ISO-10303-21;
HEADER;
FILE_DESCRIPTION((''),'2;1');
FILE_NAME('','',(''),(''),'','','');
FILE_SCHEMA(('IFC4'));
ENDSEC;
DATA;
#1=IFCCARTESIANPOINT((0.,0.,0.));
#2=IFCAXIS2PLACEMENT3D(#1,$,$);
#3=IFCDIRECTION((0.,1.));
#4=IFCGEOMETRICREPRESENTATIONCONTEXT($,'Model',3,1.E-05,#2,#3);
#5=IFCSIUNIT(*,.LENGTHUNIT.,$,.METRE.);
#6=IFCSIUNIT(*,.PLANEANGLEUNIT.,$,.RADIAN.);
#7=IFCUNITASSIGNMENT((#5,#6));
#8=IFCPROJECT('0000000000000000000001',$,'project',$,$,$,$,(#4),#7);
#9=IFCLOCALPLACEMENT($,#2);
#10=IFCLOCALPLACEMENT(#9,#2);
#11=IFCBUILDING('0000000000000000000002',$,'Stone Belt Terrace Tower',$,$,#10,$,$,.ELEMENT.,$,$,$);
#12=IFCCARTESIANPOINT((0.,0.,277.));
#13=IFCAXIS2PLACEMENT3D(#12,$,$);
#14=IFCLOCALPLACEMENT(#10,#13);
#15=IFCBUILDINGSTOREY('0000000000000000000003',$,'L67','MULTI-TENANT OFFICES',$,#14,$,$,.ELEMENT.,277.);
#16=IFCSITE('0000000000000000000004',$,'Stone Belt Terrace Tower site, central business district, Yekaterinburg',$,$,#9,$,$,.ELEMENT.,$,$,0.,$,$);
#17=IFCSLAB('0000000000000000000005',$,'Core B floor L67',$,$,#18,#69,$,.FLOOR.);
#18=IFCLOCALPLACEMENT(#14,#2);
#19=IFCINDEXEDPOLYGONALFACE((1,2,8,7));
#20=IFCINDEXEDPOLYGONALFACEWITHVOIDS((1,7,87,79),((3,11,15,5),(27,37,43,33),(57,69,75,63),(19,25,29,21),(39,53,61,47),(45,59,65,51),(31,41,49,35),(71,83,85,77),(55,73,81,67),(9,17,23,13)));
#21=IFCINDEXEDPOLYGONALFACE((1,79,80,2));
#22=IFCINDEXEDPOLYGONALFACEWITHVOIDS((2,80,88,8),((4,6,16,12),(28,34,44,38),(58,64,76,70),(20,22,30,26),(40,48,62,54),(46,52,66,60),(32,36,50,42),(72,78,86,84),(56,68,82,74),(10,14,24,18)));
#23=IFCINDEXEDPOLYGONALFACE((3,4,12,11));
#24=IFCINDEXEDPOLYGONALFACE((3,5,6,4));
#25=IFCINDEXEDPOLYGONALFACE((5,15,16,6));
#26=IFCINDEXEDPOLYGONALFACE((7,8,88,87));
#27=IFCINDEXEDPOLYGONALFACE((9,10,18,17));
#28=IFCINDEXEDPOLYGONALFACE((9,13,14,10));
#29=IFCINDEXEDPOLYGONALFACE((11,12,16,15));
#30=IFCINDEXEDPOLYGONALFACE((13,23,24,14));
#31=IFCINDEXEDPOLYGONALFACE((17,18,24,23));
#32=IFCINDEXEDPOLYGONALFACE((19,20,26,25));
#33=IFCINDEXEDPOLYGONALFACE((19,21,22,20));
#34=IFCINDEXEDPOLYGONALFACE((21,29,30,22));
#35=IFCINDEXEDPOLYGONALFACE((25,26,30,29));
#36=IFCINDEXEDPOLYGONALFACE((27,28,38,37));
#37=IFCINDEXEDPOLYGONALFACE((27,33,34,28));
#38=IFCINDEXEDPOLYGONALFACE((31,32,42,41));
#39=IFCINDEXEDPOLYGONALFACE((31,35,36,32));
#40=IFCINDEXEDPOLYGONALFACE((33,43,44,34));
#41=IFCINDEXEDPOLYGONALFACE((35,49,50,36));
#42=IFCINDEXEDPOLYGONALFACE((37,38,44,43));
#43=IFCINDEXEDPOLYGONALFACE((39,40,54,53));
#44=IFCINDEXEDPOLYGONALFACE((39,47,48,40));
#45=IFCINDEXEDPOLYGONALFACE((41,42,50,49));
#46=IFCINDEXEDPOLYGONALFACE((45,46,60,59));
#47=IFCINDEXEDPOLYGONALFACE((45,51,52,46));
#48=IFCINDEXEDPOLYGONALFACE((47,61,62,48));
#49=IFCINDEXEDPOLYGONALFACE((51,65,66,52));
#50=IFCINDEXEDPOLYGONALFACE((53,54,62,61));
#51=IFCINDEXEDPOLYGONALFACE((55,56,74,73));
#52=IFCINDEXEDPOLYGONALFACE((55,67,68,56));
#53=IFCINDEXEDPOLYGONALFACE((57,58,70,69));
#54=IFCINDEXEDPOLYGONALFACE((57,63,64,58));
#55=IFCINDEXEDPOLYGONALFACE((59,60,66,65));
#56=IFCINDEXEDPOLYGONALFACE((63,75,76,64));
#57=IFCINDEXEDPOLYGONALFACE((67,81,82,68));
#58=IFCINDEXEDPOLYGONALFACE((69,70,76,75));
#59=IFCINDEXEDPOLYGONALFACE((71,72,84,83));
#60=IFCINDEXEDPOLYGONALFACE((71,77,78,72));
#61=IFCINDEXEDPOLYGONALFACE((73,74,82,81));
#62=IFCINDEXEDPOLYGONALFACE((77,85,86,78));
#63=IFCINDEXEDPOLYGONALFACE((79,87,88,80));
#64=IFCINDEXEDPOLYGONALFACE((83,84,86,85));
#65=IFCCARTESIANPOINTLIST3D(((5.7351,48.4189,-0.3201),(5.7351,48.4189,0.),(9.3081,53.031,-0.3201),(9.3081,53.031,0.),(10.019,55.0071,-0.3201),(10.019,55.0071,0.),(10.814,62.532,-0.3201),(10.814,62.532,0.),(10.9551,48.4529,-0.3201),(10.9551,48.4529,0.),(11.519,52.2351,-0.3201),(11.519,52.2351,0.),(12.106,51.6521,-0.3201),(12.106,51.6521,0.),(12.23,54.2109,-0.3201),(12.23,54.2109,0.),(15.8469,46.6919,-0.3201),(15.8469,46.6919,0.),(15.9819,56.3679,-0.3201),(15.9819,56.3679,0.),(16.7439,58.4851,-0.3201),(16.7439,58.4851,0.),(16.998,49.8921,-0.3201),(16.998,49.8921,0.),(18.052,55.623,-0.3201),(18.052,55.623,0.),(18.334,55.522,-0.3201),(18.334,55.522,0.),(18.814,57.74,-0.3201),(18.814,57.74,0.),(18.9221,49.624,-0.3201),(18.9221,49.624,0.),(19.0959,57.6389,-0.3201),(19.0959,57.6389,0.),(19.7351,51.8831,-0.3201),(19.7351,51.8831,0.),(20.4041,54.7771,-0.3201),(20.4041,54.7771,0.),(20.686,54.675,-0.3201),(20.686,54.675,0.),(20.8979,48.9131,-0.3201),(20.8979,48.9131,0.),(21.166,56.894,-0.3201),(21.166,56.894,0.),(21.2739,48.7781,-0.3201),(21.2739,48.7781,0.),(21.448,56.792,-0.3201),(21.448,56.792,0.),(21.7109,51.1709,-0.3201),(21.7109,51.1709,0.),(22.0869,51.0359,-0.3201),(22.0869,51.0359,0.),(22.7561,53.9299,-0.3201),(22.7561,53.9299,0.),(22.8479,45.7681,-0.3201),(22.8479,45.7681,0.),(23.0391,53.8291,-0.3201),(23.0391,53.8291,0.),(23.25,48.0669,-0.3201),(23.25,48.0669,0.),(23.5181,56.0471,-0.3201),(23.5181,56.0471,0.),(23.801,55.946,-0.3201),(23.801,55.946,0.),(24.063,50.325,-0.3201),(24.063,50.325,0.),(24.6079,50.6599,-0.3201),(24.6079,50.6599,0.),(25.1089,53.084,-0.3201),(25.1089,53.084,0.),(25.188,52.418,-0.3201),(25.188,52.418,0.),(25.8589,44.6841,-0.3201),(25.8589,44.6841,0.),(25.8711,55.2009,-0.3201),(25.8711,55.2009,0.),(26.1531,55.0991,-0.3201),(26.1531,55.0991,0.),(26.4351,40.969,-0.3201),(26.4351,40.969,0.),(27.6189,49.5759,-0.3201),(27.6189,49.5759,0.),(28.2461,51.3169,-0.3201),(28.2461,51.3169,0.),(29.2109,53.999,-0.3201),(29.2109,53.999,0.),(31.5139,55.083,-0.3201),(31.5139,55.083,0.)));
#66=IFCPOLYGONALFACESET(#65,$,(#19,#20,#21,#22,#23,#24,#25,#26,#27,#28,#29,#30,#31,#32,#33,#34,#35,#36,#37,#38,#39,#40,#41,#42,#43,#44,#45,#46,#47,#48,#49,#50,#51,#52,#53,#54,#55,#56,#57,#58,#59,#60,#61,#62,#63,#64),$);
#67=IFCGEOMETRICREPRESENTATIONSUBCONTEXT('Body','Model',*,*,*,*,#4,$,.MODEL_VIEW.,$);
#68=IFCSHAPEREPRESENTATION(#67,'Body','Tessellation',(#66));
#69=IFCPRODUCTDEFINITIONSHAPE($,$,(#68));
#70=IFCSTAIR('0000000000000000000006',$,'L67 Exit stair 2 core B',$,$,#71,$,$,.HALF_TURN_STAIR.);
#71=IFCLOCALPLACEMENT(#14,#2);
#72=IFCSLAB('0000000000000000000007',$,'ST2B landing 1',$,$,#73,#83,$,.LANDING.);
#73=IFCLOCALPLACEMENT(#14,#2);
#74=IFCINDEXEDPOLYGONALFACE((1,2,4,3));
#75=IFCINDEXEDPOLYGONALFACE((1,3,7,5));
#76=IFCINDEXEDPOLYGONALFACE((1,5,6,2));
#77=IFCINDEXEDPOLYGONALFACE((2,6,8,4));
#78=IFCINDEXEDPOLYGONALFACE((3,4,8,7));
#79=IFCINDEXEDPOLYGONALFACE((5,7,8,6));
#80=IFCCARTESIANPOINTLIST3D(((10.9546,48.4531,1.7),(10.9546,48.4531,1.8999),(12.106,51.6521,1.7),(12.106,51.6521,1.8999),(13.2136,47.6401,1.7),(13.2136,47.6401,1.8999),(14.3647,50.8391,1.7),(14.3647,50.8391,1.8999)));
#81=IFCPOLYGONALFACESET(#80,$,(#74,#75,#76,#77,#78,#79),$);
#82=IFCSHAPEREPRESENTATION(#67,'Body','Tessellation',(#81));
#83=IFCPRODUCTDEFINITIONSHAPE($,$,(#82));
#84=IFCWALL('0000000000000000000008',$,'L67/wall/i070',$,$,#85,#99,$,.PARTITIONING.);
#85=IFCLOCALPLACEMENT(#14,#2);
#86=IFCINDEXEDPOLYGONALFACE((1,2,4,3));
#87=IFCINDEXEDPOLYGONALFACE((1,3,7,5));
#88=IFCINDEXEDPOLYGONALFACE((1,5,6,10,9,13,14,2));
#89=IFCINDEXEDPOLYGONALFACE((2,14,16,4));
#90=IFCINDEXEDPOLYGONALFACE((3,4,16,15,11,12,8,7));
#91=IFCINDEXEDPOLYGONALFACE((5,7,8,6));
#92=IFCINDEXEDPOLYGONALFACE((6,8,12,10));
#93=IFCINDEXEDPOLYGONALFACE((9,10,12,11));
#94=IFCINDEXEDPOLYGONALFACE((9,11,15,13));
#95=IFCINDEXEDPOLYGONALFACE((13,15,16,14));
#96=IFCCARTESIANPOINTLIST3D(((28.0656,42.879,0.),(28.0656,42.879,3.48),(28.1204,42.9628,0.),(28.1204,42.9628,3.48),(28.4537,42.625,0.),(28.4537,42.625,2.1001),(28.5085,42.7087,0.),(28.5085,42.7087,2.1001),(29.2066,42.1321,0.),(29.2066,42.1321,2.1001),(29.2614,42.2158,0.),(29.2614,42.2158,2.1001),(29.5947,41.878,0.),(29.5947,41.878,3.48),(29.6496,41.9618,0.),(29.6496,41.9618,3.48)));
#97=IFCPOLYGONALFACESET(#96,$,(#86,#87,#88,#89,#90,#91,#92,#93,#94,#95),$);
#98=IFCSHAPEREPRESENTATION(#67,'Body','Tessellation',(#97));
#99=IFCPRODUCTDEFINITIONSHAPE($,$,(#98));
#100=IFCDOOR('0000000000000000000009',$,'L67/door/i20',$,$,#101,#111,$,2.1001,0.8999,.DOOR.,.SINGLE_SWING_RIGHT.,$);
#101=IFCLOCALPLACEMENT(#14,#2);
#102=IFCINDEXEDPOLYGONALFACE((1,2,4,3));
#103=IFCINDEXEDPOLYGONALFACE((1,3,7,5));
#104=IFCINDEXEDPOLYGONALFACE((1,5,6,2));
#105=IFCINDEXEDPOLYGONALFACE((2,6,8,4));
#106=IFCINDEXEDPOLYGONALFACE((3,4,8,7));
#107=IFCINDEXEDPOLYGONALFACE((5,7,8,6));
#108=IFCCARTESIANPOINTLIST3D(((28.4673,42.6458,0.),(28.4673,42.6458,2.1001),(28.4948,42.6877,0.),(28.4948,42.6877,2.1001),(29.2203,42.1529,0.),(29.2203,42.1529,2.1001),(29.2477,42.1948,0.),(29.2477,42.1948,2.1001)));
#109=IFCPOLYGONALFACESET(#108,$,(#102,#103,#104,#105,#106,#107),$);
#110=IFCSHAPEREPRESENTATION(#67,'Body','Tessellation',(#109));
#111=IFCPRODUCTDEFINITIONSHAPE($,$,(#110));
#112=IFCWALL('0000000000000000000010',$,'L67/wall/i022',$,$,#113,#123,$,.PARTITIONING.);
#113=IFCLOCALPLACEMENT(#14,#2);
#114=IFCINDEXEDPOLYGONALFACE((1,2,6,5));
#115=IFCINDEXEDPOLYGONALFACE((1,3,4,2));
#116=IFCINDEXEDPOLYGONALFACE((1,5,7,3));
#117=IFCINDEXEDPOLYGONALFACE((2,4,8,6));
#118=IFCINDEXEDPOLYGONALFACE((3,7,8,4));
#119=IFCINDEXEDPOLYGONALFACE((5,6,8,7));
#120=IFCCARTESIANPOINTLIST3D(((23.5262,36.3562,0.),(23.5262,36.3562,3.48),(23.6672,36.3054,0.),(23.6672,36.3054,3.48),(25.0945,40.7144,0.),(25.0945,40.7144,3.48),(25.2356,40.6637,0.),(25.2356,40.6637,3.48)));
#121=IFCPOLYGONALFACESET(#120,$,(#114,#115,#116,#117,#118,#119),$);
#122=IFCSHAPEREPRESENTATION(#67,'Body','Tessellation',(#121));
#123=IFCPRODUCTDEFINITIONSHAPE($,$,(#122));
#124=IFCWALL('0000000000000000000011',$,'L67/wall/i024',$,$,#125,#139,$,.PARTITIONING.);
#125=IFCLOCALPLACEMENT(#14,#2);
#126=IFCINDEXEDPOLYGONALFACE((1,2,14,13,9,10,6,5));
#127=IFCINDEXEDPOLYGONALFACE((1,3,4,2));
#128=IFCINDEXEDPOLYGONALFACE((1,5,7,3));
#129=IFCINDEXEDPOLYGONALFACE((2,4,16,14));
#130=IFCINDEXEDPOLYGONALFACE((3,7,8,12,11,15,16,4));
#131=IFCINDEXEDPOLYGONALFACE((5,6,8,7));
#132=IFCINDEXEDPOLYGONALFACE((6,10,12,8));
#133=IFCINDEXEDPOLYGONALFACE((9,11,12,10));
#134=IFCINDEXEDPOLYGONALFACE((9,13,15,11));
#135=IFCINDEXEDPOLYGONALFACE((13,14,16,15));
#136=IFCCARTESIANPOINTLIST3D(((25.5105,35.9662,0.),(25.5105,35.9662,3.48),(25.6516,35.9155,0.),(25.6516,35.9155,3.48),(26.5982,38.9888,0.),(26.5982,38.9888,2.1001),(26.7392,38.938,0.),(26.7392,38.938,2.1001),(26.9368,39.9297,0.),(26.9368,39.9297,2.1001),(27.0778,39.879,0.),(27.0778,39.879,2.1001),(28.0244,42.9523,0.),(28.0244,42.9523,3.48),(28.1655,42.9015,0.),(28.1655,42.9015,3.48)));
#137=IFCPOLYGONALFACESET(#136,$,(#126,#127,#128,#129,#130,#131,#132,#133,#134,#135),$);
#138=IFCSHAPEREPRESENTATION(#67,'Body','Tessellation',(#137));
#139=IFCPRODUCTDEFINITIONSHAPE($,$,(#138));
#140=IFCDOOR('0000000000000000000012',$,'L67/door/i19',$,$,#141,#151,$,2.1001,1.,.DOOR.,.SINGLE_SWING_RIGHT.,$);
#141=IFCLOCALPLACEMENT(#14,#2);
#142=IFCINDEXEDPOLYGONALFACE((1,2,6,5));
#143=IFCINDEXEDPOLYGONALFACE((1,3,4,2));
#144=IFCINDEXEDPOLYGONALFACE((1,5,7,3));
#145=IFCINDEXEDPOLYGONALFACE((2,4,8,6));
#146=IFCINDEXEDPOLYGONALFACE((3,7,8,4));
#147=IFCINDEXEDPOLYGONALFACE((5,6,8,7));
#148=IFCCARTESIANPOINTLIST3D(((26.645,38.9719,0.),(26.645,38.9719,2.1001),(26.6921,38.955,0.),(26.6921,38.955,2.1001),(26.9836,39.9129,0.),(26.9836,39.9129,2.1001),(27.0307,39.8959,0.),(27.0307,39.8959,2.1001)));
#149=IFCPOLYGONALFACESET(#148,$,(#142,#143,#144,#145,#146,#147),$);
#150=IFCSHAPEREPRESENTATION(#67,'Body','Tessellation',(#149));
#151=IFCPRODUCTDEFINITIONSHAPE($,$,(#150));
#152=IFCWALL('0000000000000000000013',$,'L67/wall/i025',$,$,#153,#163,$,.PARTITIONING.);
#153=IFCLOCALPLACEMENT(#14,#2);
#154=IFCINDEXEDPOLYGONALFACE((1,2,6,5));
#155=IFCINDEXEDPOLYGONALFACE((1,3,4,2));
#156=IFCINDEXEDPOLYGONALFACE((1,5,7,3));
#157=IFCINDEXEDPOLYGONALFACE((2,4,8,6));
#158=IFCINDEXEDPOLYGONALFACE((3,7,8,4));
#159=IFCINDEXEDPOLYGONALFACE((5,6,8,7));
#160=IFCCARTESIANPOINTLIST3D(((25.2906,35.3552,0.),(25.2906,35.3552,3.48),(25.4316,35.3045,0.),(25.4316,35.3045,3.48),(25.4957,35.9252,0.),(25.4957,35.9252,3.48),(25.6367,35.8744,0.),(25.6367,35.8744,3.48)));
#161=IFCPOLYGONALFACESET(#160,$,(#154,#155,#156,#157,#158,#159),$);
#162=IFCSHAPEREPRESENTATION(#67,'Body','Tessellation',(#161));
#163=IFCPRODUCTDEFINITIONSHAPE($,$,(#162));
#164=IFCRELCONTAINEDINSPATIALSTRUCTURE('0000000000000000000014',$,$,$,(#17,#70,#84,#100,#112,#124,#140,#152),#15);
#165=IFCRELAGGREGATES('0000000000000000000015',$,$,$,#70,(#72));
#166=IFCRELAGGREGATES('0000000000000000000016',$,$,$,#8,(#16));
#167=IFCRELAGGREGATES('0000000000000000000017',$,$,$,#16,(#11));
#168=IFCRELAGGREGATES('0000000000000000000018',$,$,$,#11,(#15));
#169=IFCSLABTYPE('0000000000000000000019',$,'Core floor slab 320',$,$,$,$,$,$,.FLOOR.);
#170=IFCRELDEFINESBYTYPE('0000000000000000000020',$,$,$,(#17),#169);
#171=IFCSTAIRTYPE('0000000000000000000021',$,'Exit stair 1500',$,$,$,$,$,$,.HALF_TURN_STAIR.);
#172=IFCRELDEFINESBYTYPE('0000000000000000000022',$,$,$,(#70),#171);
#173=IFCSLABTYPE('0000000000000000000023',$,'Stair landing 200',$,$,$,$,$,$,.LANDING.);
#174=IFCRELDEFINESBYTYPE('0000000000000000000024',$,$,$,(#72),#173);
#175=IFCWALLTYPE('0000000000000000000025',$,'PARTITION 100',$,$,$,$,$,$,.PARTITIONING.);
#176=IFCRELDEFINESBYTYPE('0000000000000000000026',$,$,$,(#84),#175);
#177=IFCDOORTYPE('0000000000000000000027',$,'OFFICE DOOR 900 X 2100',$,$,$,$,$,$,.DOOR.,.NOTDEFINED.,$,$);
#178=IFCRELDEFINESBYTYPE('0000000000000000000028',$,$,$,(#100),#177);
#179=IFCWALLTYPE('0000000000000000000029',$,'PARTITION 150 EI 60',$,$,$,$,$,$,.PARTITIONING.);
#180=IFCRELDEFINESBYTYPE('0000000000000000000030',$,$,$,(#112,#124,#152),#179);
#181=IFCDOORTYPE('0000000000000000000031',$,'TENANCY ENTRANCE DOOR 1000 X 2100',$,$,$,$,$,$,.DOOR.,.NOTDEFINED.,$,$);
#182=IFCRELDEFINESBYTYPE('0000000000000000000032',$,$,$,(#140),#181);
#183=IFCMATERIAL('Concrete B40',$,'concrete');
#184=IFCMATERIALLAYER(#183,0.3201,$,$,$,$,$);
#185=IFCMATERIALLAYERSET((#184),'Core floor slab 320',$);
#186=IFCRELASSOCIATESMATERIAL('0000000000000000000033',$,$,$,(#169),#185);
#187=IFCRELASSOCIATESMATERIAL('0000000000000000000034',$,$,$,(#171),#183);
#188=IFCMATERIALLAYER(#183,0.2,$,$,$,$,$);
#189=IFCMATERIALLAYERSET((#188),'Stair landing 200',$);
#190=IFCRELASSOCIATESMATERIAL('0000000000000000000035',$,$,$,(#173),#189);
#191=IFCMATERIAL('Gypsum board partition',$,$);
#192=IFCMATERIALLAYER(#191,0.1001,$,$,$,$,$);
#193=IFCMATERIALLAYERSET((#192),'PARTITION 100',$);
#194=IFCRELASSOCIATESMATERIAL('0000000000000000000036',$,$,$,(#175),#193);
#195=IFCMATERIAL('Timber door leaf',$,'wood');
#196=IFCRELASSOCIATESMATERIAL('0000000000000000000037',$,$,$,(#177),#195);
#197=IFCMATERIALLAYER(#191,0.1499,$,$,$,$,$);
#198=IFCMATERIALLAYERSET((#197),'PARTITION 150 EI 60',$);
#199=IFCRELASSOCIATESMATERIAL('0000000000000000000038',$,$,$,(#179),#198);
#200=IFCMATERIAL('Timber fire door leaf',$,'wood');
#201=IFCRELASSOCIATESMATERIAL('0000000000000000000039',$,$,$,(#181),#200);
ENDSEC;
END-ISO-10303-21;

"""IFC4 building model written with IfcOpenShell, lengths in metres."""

from ifc_helpers import new_model, si_unit, direction, frame, frame_2d, origin, place, context, subcontext, project, spatial, polyline, rectangle, outline, extrude, material, layer, layer_set, type_object, element, fill, aggregate, save


model = new_model("IFC4")

# Units and contexts
model_context = context("Model", 3, precision=1e-05, world=origin(), true_north=direction((0.0, 1.0)))
body_context = subcontext(model_context, "Body", "Model", "MODEL_VIEW")
ifc_project = project(units=[si_unit("LENGTHUNIT", "METRE"), si_unit("PLANEANGLEUNIT", "RADIAN")], contexts=[model_context])

# Site, building, storey
site_placement = place(None, origin())
site = spatial("IfcSite", under=ifc_project, at=site_placement, Name="Stone Belt Terrace Tower site, central business district, Yekaterinburg", CompositionType="ELEMENT", RefElevation=0.0)
building_placement = place(site_placement, origin())
building = spatial("IfcBuilding", under=site, at=building_placement, Name="Stone Belt Terrace Tower", CompositionType="ELEMENT")
storey_placement = place(building_placement, frame((0.0, 0.0, 277.0)))
storey = spatial("IfcBuildingStorey", under=building, at=storey_placement, Name="L67", Description="MULTI-TENANT OFFICES", CompositionType="ELEMENT", Elevation=277.0)

# Slab
ifc_material_1 = material(Name="Concrete B40", Category="concrete")
ifc_layer_1 = layer(ifc_material_1, 0.3201)
ifc_layer_set_1 = layer_set([ifc_layer_1], Name="Core floor slab 320")
slab_type_1 = type_object("IfcSlabType", Name="Core floor slab 320", PredefinedType="FLOOR", material=ifc_layer_set_1)
slab_1_placement = place(storey_placement, frame((0.0, 0.0, -0.3201)))
element("IfcSlab", 1, at=slab_1_placement, inside=storey, type_object=slab_type_1, Name="Core B floor L67", PredefinedType="FLOOR", context=body_context, shape_type="SweptSolid", body=[
    extrude(outline(polyline([(26.4351, 40.969), (31.5139, 55.083), (10.814, 62.532), (5.7351, 48.4189), (26.4351, 40.969)]), holes=[polyline([(27.6189, 49.5759), (25.8589, 44.6841), (22.8479, 45.7681), (24.6079, 50.6599), (27.6189, 49.5759)]), polyline([(12.106, 51.6521), (16.998, 49.8921), (15.8469, 46.6919), (10.9551, 48.4529), (12.106, 51.6521)]), polyline([(23.25, 48.0669), (21.2739, 48.7781), (22.0869, 51.0359), (24.063, 50.325), (23.25, 48.0669)]), polyline([(18.9221, 49.624), (19.7351, 51.8831), (21.7109, 51.1709), (20.8979, 48.9131), (18.9221, 49.624)]), polyline([(29.2109, 53.999), (28.2461, 51.3169), (25.188, 52.418), (26.1531, 55.0991), (29.2109, 53.999)]), polyline([(11.519, 52.2351), (9.3081, 53.031), (10.019, 55.0071), (12.23, 54.2109), (11.519, 52.2351)]), polyline([(23.0391, 53.8291), (23.801, 55.946), (25.8711, 55.2009), (25.1089, 53.084), (23.0391, 53.8291)]), polyline([(20.686, 54.675), (21.448, 56.792), (23.5181, 56.0471), (22.7561, 53.9299), (20.686, 54.675)]), polyline([(19.0959, 57.6389), (21.166, 56.894), (20.4041, 54.7771), (18.334, 55.522), (19.0959, 57.6389)]), polyline([(16.7439, 58.4851), (18.814, 57.74), (18.052, 55.623), (15.9819, 56.3679), (16.7439, 58.4851)])]), origin(), (0.0, 0.0, 1.0), 0.3201),
])

# Stair, slab
stair_type = type_object("IfcStairType", Name="Exit stair 1500", PredefinedType="HALF_TURN_STAIR", material=ifc_material_1)
stair_placement = place(storey_placement, origin())
stair = element("IfcStair", 2, at=stair_placement, inside=storey, type_object=stair_type, Name="L67 Exit stair 2 core B", PredefinedType="HALF_TURN_STAIR")
ifc_layer_2 = layer(ifc_material_1, 0.2)
ifc_layer_set_2 = layer_set([ifc_layer_2], Name="Stair landing 200")
slab_type_2 = type_object("IfcSlabType", Name="Stair landing 200", PredefinedType="LANDING", material=ifc_layer_set_2)
slab_2_placement = place(storey_placement, frame((0.0, 0.0, 1.7)))
slab_2 = element("IfcSlab", 3, at=slab_2_placement, type_object=slab_type_2, Name="ST2B landing 1", PredefinedType="LANDING", context=body_context, shape_type="SweptSolid", body=[
    extrude(outline(polyline([(14.3647, 50.8391), (12.106, 51.6521), (10.9546, 48.4531), (13.2136, 47.6401), (14.3647, 50.8391)])), origin(), (0.0, 0.0, 1.0), 0.2),
])
aggregate(stair, [slab_2])

# Wall, opening, door
ifc_material_2 = material(Name="Gypsum board partition")
ifc_layer_3 = layer(ifc_material_2, 0.1001)
ifc_layer_set_3 = layer_set([ifc_layer_3], Name="PARTITION 100")
wall_type_1 = type_object("IfcWallType", Name="PARTITION 100", PredefinedType="PARTITIONING", material=ifc_layer_set_3)
wall_1_placement = place(storey_placement, frame((28.093, 42.9209, 0.0), z_axis=(0.0, 0.0, 1.0), x_axis=(0.836666, -0.547714, 0.0)))
wall_1 = element("IfcWall", 4, at=wall_1_placement, inside=storey, type_object=wall_type_1, Name="L67/wall/i070", PredefinedType="PARTITIONING", context=body_context, shape_type="SweptSolid", body=[
    extrude(rectangle(XDim=1.8276, YDim=0.1001, at=frame_2d((0.9138, 0.0))), origin(), (0.0, 0.0, 1.0), 3.48),
])
opening_1_placement = place(wall_1_placement, frame((0.4639, 0.0, 0.0)))
opening_1 = element("IfcOpeningElement", 5, at=opening_1_placement, cuts=wall_1, PredefinedType="OPENING", context=body_context, shape_type="SweptSolid", body=[
    extrude(rectangle(XDim=0.8999, YDim=2.1001, at=frame_2d((0.45, 1.05))), frame((0.0, 0.0601, 0.0), z_axis=(0.0, -1.0, 0.0), x_axis=(1.0, 0.0, 0.0)), (0.0, 0.0, 1.0), 0.1201),
])
ifc_material_3 = material(Name="Timber door leaf", Category="wood")
door_type_1 = type_object("IfcDoorType", Name="OFFICE DOOR 900 X 2100", OperationType="NOTDEFINED", PredefinedType="DOOR", material=ifc_material_3)
door_1_placement = place(opening_1_placement, origin())
door_1 = element("IfcDoor", 6, at=door_1_placement, inside=storey, type_object=door_type_1, Name="L67/door/i20", OperationType="SINGLE_SWING_RIGHT", OverallHeight=2.1001, OverallWidth=0.8999, PredefinedType="DOOR", context=body_context, shape_type="SweptSolid", body=[
    extrude(rectangle(XDim=0.8999, YDim=2.1001, at=frame_2d((0.45, 1.05))), frame((0.0, 0.0249, 0.0), z_axis=(0.0, -1.0, 0.0), x_axis=(1.0, 0.0, 0.0)), (0.0, 0.0, 1.0), 0.05),
])
fill(opening_1, door_1)

# Wall
ifc_layer_4 = layer(ifc_material_2, 0.1499)
ifc_layer_set_4 = layer_set([ifc_layer_4], Name="PARTITION 150 EI 60")
wall_type_2 = type_object("IfcWallType", Name="PARTITION 150 EI 60", PredefinedType="PARTITIONING", material=ifc_layer_set_4)
wall_2_placement = place(storey_placement, frame((23.5967, 36.3308, 0.0), z_axis=(0.0, 0.0, 1.0), x_axis=(0.338609, 0.940927, 0.0)))
element("IfcWall", 7, at=wall_2_placement, inside=storey, type_object=wall_type_2, Name="L67/wall/i022", PredefinedType="PARTITIONING", context=body_context, shape_type="SweptSolid", body=[
    extrude(rectangle(XDim=4.6318, YDim=0.1499, at=frame_2d((2.3159, 0.0))), origin(), (0.0, 0.0, 1.0), 3.48),
])

# Wall, opening, door
wall_3_placement = place(storey_placement, frame((28.095, 42.927, 0.0), z_axis=(0.0, 0.0, 1.0), x_axis=(-0.338591, -0.940934, 0.0)))
wall_3 = element("IfcWall", 8, at=wall_3_placement, inside=storey, type_object=wall_type_2, Name="L67/wall/i024", PredefinedType="PARTITIONING", context=body_context, shape_type="SweptSolid", body=[
    extrude(rectangle(XDim=7.4246, YDim=0.1499, at=frame_2d((3.7124, 0.0))), origin(), (0.0, 0.0, 1.0), 3.48),
])
opening_2_placement = place(wall_3_placement, frame((3.2124, 0.0, 0.0)))
opening_2 = element("IfcOpeningElement", 9, at=opening_2_placement, cuts=wall_3, PredefinedType="OPENING", context=body_context, shape_type="SweptSolid", body=[
    extrude(rectangle(XDim=1.0, YDim=2.1001, at=frame_2d((0.5, 1.05))), frame((0.0, 0.085, 0.0), z_axis=(0.0, -1.0, 0.0), x_axis=(1.0, 0.0, 0.0)), (0.0, 0.0, 1.0), 0.1699),
])
ifc_material_4 = material(Name="Timber fire door leaf", Category="wood")
door_type_2 = type_object("IfcDoorType", Name="TENANCY ENTRANCE DOOR 1000 X 2100", OperationType="NOTDEFINED", PredefinedType="DOOR", material=ifc_material_4)
door_2_placement = place(opening_2_placement, origin())
door_2 = element("IfcDoor", 10, at=door_2_placement, inside=storey, type_object=door_type_2, Name="L67/door/i19", OperationType="SINGLE_SWING_RIGHT", OverallHeight=2.1001, OverallWidth=1.0, PredefinedType="DOOR", context=body_context, shape_type="SweptSolid", body=[
    extrude(rectangle(XDim=1.0, YDim=2.1001, at=frame_2d((0.5, 1.05))), frame((0.0, 0.0249, 0.0), z_axis=(0.0, -1.0, 0.0), x_axis=(1.0, 0.0, 0.0)), (0.0, 0.0, 1.0), 0.05),
])
fill(opening_2, door_2)

# Wall
wall_4_placement = place(storey_placement, frame((25.5662, 35.8997, 0.0), z_axis=(0.0, 0.0, 1.0), x_axis=(-0.338634, -0.940918, 0.0)))
element("IfcWall", 11, at=wall_4_placement, inside=storey, type_object=wall_type_2, Name="L67/wall/i025", PredefinedType="PARTITIONING", context=body_context, shape_type="SweptSolid", body=[
    extrude(rectangle(XDim=0.6057, YDim=0.1499, at=frame_2d((0.3027, 0.0))), origin(), (0.0, 0.0, 1.0), 3.48),
])

save(model, "model.ifc")
